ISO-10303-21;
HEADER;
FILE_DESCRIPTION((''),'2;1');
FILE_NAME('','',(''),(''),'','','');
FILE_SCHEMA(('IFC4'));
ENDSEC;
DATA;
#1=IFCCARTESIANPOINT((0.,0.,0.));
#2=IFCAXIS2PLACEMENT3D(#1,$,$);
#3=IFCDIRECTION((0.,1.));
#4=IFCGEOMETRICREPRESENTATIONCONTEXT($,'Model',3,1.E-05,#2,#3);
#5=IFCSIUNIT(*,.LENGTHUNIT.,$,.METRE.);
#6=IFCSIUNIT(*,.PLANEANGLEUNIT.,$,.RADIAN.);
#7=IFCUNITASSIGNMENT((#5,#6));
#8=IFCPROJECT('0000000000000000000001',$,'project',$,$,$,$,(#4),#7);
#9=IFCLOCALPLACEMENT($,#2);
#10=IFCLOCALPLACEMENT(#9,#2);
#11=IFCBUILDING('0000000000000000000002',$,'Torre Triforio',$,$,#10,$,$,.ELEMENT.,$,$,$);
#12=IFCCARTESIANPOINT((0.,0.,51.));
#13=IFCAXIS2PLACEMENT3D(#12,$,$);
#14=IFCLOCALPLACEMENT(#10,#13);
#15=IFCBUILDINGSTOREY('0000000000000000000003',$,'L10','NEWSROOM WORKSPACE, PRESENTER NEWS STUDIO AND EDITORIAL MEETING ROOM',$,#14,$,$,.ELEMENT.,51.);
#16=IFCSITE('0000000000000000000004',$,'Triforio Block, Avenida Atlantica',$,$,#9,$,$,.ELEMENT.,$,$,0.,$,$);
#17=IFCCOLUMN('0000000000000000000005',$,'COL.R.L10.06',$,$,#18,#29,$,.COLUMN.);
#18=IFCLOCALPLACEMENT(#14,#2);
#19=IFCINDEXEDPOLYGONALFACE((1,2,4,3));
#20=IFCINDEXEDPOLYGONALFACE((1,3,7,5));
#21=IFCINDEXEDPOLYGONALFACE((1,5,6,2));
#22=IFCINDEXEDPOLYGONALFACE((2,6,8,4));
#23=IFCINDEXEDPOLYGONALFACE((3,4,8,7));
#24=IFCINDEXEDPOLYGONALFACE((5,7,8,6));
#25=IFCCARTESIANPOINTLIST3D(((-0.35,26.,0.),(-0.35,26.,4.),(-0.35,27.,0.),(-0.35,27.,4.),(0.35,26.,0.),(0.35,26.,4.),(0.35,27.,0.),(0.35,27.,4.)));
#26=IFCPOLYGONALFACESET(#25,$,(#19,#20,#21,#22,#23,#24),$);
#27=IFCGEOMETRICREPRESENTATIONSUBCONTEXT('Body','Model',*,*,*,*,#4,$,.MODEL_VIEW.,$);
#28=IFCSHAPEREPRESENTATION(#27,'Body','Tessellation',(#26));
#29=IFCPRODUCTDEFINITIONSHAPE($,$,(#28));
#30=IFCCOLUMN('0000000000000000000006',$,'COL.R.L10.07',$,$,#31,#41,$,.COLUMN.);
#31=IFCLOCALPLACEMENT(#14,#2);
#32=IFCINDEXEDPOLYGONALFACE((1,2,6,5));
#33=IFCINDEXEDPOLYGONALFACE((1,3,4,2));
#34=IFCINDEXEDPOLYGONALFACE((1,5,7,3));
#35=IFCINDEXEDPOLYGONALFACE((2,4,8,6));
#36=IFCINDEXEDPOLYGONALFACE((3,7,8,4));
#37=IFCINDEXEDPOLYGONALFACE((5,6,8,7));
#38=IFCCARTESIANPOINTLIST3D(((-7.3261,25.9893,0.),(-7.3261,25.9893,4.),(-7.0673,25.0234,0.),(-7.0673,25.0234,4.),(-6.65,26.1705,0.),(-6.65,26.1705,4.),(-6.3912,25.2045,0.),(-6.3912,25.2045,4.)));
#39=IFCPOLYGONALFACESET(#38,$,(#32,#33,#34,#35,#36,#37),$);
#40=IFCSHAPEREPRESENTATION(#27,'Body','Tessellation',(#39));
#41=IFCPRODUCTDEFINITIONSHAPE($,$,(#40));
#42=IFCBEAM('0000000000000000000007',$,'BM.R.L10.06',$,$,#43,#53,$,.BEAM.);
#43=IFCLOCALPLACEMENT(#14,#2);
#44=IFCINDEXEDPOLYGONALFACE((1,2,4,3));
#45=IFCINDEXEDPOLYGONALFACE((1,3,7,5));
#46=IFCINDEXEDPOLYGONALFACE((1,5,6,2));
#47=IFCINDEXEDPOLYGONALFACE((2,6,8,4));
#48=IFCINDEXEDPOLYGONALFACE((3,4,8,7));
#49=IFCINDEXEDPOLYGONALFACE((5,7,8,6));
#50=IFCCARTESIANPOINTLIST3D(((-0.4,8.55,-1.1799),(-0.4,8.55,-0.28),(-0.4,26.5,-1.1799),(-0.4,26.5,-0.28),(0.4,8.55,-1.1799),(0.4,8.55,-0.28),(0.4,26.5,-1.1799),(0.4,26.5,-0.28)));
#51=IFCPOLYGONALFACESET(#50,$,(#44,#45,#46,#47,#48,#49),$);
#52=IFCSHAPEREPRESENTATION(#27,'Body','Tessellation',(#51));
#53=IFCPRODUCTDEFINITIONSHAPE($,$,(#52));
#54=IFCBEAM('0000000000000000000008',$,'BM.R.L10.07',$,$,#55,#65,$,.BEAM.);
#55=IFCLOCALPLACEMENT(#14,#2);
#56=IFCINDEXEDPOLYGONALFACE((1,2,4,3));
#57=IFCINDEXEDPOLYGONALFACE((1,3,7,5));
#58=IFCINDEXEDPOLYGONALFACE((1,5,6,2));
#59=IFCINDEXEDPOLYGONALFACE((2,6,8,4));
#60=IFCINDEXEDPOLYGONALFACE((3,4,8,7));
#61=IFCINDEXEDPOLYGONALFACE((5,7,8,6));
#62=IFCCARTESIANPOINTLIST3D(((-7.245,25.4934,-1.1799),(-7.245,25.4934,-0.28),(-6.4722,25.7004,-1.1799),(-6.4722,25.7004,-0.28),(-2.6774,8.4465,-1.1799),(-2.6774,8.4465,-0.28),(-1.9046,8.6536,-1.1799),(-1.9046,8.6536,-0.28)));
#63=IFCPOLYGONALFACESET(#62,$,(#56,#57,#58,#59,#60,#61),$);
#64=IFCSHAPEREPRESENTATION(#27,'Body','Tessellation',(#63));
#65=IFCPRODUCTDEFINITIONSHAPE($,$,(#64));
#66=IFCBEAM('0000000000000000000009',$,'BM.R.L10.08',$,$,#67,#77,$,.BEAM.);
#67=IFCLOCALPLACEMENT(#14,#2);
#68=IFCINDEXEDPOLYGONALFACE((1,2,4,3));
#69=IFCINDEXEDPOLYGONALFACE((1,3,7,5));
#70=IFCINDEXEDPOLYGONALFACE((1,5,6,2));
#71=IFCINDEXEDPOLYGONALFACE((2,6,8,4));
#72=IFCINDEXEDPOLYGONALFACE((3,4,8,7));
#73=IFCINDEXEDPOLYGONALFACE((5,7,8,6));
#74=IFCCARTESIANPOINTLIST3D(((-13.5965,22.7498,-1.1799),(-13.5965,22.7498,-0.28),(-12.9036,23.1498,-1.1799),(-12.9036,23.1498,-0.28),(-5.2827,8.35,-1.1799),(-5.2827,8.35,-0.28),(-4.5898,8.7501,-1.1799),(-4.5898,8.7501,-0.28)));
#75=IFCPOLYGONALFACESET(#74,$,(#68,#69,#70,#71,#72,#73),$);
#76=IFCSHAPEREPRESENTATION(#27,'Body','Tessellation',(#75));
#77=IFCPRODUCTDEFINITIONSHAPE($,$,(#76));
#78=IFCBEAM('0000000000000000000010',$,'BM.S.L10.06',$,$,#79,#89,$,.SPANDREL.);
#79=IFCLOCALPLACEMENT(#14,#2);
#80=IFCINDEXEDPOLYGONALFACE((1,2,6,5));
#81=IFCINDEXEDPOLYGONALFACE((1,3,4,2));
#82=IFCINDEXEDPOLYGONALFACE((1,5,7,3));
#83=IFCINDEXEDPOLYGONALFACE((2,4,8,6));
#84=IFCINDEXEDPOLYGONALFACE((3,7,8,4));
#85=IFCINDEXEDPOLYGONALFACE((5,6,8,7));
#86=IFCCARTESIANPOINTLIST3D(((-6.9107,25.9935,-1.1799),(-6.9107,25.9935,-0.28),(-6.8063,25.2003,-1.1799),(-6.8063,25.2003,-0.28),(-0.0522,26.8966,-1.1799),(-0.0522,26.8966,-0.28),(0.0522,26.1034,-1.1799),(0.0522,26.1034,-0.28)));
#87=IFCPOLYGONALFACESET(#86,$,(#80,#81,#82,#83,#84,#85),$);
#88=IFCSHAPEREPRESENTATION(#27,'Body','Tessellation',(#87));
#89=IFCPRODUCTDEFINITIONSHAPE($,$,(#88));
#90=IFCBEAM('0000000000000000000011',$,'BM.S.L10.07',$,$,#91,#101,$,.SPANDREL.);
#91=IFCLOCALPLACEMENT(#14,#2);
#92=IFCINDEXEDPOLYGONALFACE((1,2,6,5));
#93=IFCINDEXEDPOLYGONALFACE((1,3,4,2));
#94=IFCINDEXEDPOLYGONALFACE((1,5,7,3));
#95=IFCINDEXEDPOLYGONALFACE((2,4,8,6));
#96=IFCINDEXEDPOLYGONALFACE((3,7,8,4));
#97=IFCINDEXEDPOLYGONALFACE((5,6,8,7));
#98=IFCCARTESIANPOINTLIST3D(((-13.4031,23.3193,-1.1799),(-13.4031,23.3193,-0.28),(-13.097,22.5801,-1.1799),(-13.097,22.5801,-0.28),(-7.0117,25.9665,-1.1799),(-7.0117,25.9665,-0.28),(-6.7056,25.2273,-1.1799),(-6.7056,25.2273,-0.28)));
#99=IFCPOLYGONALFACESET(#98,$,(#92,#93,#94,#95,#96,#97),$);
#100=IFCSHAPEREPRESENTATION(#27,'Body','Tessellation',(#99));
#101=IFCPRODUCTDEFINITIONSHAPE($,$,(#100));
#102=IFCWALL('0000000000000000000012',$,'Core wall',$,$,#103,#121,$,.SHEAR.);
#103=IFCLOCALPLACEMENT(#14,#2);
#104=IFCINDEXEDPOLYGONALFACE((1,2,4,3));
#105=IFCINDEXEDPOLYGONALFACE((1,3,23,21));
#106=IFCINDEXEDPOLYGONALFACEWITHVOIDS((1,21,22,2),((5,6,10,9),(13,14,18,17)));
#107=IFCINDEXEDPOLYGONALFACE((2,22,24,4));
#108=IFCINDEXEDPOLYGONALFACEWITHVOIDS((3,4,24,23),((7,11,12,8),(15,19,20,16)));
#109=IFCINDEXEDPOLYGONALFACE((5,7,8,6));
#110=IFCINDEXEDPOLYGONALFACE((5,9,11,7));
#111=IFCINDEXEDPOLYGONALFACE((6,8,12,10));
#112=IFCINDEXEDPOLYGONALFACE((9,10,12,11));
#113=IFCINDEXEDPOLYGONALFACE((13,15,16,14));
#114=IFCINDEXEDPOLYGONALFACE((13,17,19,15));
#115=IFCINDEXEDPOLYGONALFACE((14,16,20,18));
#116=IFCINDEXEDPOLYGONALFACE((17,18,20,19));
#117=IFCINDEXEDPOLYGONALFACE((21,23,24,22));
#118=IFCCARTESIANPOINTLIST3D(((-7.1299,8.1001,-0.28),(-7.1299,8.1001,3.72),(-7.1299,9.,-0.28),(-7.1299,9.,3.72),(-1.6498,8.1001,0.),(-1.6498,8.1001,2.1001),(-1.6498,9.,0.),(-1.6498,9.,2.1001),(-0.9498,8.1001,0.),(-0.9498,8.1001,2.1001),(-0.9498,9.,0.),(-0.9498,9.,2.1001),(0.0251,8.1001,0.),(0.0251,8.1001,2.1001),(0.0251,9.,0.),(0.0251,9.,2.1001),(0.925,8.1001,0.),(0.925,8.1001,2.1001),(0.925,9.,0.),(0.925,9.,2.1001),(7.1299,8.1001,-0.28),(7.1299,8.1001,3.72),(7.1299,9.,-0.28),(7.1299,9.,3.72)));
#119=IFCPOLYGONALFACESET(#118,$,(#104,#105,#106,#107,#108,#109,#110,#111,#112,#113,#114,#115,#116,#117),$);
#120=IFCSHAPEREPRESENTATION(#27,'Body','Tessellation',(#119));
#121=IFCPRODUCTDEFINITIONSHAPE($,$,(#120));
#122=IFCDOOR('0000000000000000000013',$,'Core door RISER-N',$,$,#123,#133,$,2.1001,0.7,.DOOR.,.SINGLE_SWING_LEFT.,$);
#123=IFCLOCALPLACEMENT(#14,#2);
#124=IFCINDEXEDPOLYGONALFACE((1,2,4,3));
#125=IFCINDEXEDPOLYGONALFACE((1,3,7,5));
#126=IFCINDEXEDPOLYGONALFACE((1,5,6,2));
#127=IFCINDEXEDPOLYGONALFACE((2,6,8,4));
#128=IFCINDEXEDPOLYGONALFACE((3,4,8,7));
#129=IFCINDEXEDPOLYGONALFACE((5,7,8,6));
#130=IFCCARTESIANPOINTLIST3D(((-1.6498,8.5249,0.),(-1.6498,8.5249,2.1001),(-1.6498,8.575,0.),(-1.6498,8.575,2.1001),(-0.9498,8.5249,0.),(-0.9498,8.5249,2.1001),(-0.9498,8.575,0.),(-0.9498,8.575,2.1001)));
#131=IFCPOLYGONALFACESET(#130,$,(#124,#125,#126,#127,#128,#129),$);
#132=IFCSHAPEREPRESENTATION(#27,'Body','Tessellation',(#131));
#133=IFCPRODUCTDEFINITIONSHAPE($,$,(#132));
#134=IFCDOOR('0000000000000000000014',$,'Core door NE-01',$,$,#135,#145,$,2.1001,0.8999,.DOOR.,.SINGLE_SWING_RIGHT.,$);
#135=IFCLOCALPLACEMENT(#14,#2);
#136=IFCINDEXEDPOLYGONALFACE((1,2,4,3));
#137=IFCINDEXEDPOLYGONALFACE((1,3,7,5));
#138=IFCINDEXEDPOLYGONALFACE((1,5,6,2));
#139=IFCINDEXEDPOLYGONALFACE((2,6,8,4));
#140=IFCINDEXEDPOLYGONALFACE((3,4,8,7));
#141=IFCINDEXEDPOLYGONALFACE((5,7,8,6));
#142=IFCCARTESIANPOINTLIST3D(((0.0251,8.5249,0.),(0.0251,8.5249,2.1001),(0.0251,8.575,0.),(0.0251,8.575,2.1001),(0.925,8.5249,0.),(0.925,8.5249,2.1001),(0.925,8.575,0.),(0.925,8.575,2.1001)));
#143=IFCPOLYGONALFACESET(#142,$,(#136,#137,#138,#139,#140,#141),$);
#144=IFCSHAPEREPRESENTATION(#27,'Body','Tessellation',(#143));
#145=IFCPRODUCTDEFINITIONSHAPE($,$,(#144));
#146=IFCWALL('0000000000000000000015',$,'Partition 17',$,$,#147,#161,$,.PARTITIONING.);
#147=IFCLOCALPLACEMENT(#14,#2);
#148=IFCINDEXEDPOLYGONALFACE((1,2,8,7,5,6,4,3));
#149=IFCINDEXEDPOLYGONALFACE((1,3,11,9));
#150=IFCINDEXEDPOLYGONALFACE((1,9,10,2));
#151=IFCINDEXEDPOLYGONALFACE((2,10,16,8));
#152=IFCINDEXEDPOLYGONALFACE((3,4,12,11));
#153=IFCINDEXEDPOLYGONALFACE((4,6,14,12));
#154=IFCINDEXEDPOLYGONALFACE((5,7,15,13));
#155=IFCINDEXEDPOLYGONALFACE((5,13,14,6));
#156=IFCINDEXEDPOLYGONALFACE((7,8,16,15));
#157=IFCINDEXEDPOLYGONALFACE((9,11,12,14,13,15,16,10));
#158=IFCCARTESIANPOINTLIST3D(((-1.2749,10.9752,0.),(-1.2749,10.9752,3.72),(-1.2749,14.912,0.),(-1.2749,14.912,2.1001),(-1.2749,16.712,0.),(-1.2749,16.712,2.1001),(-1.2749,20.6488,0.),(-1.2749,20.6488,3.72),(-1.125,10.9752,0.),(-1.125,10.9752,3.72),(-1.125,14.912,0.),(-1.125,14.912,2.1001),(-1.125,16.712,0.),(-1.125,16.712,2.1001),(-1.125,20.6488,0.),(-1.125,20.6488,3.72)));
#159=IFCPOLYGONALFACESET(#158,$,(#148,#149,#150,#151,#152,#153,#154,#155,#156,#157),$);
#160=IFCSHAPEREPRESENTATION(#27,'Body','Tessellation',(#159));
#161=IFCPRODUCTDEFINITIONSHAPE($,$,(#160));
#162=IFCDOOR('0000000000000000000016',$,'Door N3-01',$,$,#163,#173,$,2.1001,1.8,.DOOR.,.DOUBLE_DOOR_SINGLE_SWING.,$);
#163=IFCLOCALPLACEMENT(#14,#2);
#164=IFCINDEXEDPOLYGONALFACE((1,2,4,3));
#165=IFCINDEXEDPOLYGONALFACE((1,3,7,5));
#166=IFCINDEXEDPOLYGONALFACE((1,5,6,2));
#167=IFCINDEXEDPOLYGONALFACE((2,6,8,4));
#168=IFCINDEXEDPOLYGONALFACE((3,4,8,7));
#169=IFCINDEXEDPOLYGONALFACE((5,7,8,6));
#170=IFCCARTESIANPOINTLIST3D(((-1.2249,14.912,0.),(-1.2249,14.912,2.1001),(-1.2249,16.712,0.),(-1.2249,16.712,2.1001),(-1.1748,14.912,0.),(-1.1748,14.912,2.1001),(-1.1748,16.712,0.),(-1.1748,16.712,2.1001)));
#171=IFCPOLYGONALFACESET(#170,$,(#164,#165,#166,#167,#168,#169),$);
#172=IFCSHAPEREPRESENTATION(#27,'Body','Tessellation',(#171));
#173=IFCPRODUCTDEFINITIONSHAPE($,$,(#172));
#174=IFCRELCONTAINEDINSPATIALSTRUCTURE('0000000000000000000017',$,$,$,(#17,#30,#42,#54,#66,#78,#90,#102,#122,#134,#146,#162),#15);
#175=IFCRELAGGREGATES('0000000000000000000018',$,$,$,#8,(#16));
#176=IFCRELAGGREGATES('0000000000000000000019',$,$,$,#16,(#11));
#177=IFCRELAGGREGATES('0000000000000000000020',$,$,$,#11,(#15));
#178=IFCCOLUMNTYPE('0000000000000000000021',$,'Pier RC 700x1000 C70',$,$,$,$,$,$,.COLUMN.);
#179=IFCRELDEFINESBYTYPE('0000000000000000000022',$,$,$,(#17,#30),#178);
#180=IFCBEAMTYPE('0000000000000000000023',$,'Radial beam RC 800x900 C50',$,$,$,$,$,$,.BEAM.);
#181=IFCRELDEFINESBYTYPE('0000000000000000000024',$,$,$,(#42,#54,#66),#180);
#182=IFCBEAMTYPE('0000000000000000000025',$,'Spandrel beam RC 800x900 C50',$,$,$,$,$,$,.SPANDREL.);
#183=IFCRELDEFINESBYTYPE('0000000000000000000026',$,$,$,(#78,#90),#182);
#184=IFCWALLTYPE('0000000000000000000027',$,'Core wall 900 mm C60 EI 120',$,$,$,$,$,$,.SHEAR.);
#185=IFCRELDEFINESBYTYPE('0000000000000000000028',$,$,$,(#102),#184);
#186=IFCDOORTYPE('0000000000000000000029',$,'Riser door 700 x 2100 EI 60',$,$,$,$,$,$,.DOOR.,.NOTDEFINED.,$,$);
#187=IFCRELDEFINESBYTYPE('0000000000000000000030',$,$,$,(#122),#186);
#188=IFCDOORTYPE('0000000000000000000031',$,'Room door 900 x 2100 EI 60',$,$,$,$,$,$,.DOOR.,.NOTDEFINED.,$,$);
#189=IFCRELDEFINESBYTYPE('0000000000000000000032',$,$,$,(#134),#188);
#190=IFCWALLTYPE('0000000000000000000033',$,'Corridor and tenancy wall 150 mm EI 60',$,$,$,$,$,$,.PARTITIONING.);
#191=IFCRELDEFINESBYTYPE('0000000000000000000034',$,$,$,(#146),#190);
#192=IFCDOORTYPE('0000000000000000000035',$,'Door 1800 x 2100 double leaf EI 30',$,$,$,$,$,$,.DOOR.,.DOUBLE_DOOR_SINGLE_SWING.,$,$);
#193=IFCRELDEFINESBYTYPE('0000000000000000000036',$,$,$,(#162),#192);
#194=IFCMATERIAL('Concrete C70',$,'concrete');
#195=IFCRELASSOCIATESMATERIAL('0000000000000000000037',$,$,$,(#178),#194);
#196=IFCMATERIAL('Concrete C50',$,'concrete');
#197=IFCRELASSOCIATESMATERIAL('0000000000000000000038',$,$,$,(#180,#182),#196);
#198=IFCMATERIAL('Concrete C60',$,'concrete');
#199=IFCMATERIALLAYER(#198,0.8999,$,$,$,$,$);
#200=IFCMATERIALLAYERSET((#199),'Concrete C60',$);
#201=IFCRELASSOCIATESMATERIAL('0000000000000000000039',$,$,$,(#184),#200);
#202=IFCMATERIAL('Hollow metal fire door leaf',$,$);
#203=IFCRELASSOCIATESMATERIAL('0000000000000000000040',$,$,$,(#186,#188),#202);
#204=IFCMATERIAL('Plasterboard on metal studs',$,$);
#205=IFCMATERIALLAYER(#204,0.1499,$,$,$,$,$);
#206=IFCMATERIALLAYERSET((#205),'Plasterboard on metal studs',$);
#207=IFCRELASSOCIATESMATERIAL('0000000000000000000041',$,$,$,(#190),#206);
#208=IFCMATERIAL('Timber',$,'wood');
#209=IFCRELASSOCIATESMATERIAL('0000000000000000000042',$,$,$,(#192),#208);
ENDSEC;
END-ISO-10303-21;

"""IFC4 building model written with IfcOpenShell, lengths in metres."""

from ifc_helpers import new_model, si_unit, direction, frame, frame_2d, origin, origin_2d, place, context, subcontext, project, spatial, rectangle, extrude, material, layer, layer_set, material_profile, profile_set, type_object, element, fill, save


model = new_model("IFC4")

# Units and contexts
model_context = context("Model", 3, precision=1e-05, world=origin(), true_north=direction((0.0, 1.0)))
body_context = subcontext(model_context, "Body", "Model", "MODEL_VIEW")
ifc_project = project(units=[si_unit("LENGTHUNIT", "METRE"), si_unit("PLANEANGLEUNIT", "RADIAN")], contexts=[model_context])

# Site, building, storey
site_placement = place(None, origin())
site = spatial("IfcSite", under=ifc_project, at=site_placement, Name="Triforio Block, Avenida Atlantica", CompositionType="ELEMENT", RefElevation=0.0)
building_placement = place(site_placement, origin())
building = spatial("IfcBuilding", under=site, at=building_placement, Name="Torre Triforio", CompositionType="ELEMENT")
storey_placement = place(building_placement, frame((0.0, 0.0, 51.0)))
storey = spatial("IfcBuildingStorey", under=building, at=storey_placement, Name="L10", Description="NEWSROOM WORKSPACE, PRESENTER NEWS STUDIO AND EDITORIAL MEETING ROOM", CompositionType="ELEMENT", Elevation=51.0)

# Columns
ifc_material_1 = material(Name="Concrete C70", Category="concrete")
ifc_material_profile_1 = material_profile(ifc_material_1, rectangle(XDim=0.7, YDim=1.0, at=origin_2d()), Name="RC 700x1000")
ifc_profile_set_1 = profile_set([ifc_material_profile_1], Name="Concrete C70")
column_type = type_object("IfcColumnType", Name="Pier RC 700x1000 C70", PredefinedType="COLUMN", material=ifc_profile_set_1)
for number, where, z_axis, x_axis, name in (
    (1, (0.0, 26.5, 0.0), (0.0, 0.0, 1.0), (-1.0, 0.0, 0.0), "COL.R.L10.06"),
    (2, (-6.8586, 25.5969, 0.0), (0.0, 0.0, 1.0), (-0.965926, -0.258819, 0.0), "COL.R.L10.07"),
):
    element("IfcColumn", number, at=place(storey_placement, frame(where, z_axis=z_axis, x_axis=x_axis)), inside=storey, type_object=column_type, Name=name, PredefinedType="COLUMN", context=body_context, shape_type="SweptSolid", body=[
        extrude(rectangle(XDim=0.7, YDim=1.0, at=origin_2d()), origin(), (0.0, 0.0, 1.0), 4.0),
    ])

# Beams
ifc_material_2 = material(Name="Concrete C50", Category="concrete")
ifc_material_profile_2 = material_profile(ifc_material_2, rectangle(XDim=0.8, YDim=0.8999, at=origin_2d()), Name="RC 800x900")
ifc_profile_set_2 = profile_set([ifc_material_profile_2], Name="Concrete C50")
beam_type_1 = type_object("IfcBeamType", Name="Radial beam RC 800x900 C50", PredefinedType="BEAM", material=ifc_profile_set_2)
beam_1_placement = place(storey_placement, frame((0.0, 8.55, -0.73), z_axis=(0.0, 1.0, 0.0), x_axis=(-1.0, 0.0, 0.0)))
element("IfcBeam", 3, at=beam_1_placement, inside=storey, type_object=beam_type_1, Name="BM.R.L10.06", PredefinedType="BEAM", context=body_context, shape_type="SweptSolid", body=[
    extrude(rectangle(XDim=0.8, YDim=0.8999, at=origin_2d()), origin(), (0.0, 0.0, 1.0), 17.95),
])
beam_2_placement = place(storey_placement, frame((-2.291, 8.55, -0.73), z_axis=(-0.258815, 0.965927, 0.0), x_axis=(-0.965927, -0.258815, 0.0)))
element("IfcBeam", 4, at=beam_2_placement, inside=storey, type_object=beam_type_1, Name="BM.R.L10.07", PredefinedType="BEAM", context=body_context, shape_type="SweptSolid", body=[
    extrude(rectangle(XDim=0.8, YDim=0.8999, at=origin_2d()), origin(), (0.0, 0.0, 1.0), 17.6482),
])
beam_3_placement = place(storey_placement, frame((-4.9363, 8.55, -0.73), z_axis=(-0.500003, 0.866023, 0.0), x_axis=(-0.866023, -0.500003, 0.0)))
element("IfcBeam", 5, at=beam_3_placement, inside=storey, type_object=beam_type_1, Name="BM.R.L10.08", PredefinedType="BEAM", context=body_context, shape_type="SweptSolid", body=[
    extrude(rectangle(XDim=0.8, YDim=0.8999, at=origin_2d()), origin(), (0.0, 0.0, 1.0), 16.6274),
])
ifc_material_profile_3 = material_profile(ifc_material_2, rectangle(XDim=0.8, YDim=0.8999, at=origin_2d()), Name="RC 800x900")
ifc_profile_set_3 = profile_set([ifc_material_profile_3], Name="Concrete C50")
beam_type_2 = type_object("IfcBeamType", Name="Spandrel beam RC 800x900 C50", PredefinedType="SPANDREL", material=ifc_profile_set_3)
beam_4_placement = place(storey_placement, frame((0.0, 26.5, -0.73), z_axis=(-0.991443, -0.130543, 0.0), x_axis=(0.130543, -0.991443, 0.0)))
element("IfcBeam", 6, at=beam_4_placement, inside=storey, type_object=beam_type_2, Name="BM.S.L10.06", PredefinedType="SPANDREL", context=body_context, shape_type="SweptSolid", body=[
    extrude(rectangle(XDim=0.8, YDim=0.8999, at=origin_2d()), origin(), (0.0, 0.0, 1.0), 6.9177),
])
beam_5_placement = place(storey_placement, frame((-6.8586, 25.5969, -0.73), z_axis=(-0.923888, -0.382662, 0.0), x_axis=(0.382662, -0.923888, 0.0)))
element("IfcBeam", 7, at=beam_5_placement, inside=storey, type_object=beam_type_2, Name="BM.S.L10.07", PredefinedType="SPANDREL", context=body_context, shape_type="SweptSolid", body=[
    extrude(rectangle(XDim=0.8, YDim=0.8999, at=origin_2d()), origin(), (0.0, 0.0, 1.0), 6.918),
])

# Wall, openings, doors
ifc_material_3 = material(Name="Concrete C60", Category="concrete")
ifc_layer_1 = layer(ifc_material_3, 0.8999)
ifc_layer_set_1 = layer_set([ifc_layer_1], Name="Concrete C60")
wall_type_1 = type_object("IfcWallType", Name="Core wall 900 mm C60 EI 120", PredefinedType="SHEAR", material=ifc_layer_set_1)
wall_1_placement = place(storey_placement, frame((-7.1299, 8.55, -0.28), z_axis=(0.0, 0.0, 1.0), x_axis=(1.0, 0.0, 0.0)))
wall_1 = element("IfcWall", 8, at=wall_1_placement, inside=storey, type_object=wall_type_1, Name="Core wall", PredefinedType="SHEAR", context=body_context, shape_type="SweptSolid", body=[
    extrude(rectangle(XDim=14.2598, YDim=0.8999, at=frame_2d((7.1299, 0.0))), origin(), (0.0, 0.0, 1.0), 4.0),
])
opening_1_placement = place(wall_1_placement, frame((5.48, 0.0, 0.28)))
opening_1 = element("IfcOpeningElement", 9, at=opening_1_placement, cuts=wall_1, PredefinedType="OPENING", context=body_context, shape_type="SweptSolid", body=[
    extrude(rectangle(XDim=0.7, YDim=2.1001, at=frame_2d((0.3501, 1.05))), frame((0.0, 0.46, 0.0), z_axis=(0.0, -1.0, 0.0), x_axis=(1.0, 0.0, 0.0)), (0.0, 0.0, 1.0), 0.9199),
])
opening_2_placement = place(wall_1_placement, frame((7.155, 0.0, 0.28)))
opening_2 = element("IfcOpeningElement", 10, at=opening_2_placement, cuts=wall_1, PredefinedType="OPENING", context=body_context, shape_type="SweptSolid", body=[
    extrude(rectangle(XDim=0.8999, YDim=2.1001, at=frame_2d((0.45, 1.05))), frame((0.0, 0.46, 0.0), z_axis=(0.0, -1.0, 0.0), x_axis=(1.0, 0.0, 0.0)), (0.0, 0.0, 1.0), 0.9199),
])
ifc_material_4 = material(Name="Hollow metal fire door leaf")
door_type_1 = type_object("IfcDoorType", Name="Riser door 700 x 2100 EI 60", OperationType="NOTDEFINED", PredefinedType="DOOR", material=ifc_material_4)
door_1_placement = place(opening_1_placement, origin())
door_1 = element("IfcDoor", 11, at=door_1_placement, inside=storey, type_object=door_type_1, Name="Core door RISER-N", OperationType="SINGLE_SWING_LEFT", OverallHeight=2.1001, OverallWidth=0.7, PredefinedType="DOOR", context=body_context, shape_type="SweptSolid", body=[
    extrude(rectangle(XDim=0.7, YDim=2.1001, at=frame_2d((0.3501, 1.05))), frame((0.0, 0.0249, 0.0), z_axis=(0.0, -1.0, 0.0), x_axis=(1.0, 0.0, 0.0)), (0.0, 0.0, 1.0), 0.05),
])
fill(opening_1, door_1)
door_type_2 = type_object("IfcDoorType", Name="Room door 900 x 2100 EI 60", OperationType="NOTDEFINED", PredefinedType="DOOR", material=ifc_material_4)
door_2_placement = place(opening_2_placement, origin())
door_2 = element("IfcDoor", 12, at=door_2_placement, inside=storey, type_object=door_type_2, Name="Core door NE-01", OperationType="SINGLE_SWING_RIGHT", OverallHeight=2.1001, OverallWidth=0.8999, PredefinedType="DOOR", context=body_context, shape_type="SweptSolid", body=[
    extrude(rectangle(XDim=0.8999, YDim=2.1001, at=frame_2d((0.45, 1.05))), frame((0.0, 0.0249, 0.0), z_axis=(0.0, -1.0, 0.0), x_axis=(1.0, 0.0, 0.0)), (0.0, 0.0, 1.0), 0.05),
])
fill(opening_2, door_2)

# Wall, opening, door
ifc_material_5 = material(Name="Plasterboard on metal studs")
ifc_layer_2 = layer(ifc_material_5, 0.1499)
ifc_layer_set_2 = layer_set([ifc_layer_2], Name="Plasterboard on metal studs")
wall_type_2 = type_object("IfcWallType", Name="Corridor and tenancy wall 150 mm EI 60", PredefinedType="PARTITIONING", material=ifc_layer_set_2)
wall_2_placement = place(storey_placement, frame((-1.2, 10.9751, 0.0), z_axis=(0.0, 0.0, 1.0), x_axis=(0.0, 1.0, 0.0)))
wall_2 = element("IfcWall", 13, at=wall_2_placement, inside=storey, type_object=wall_type_2, Name="Partition 17", PredefinedType="PARTITIONING", context=body_context, shape_type="SweptSolid", body=[
    extrude(rectangle(XDim=9.6736, YDim=0.1499, at=frame_2d((4.8369, 0.0))), origin(), (0.0, 0.0, 1.0), 3.72),
])
opening_3_placement = place(wall_2_placement, frame((3.937, 0.0, 0.0)))
opening_3 = element("IfcOpeningElement", 14, at=opening_3_placement, cuts=wall_2, PredefinedType="OPENING", context=body_context, shape_type="SweptSolid", body=[
    extrude(rectangle(XDim=1.8, YDim=2.1001, at=frame_2d((0.8999, 1.05))), frame((0.0, 0.085, 0.0), z_axis=(0.0, -1.0, 0.0), x_axis=(1.0, 0.0, 0.0)), (0.0, 0.0, 1.0), 0.1699),
])
ifc_material_6 = material(Name="Timber", Category="wood")
door_type_3 = type_object("IfcDoorType", Name="Door 1800 x 2100 double leaf EI 30", OperationType="DOUBLE_DOOR_SINGLE_SWING", PredefinedType="DOOR", material=ifc_material_6)
door_3_placement = place(opening_3_placement, origin())
door_3 = element("IfcDoor", 15, at=door_3_placement, inside=storey, type_object=door_type_3, Name="Door N3-01", OperationType="DOUBLE_DOOR_SINGLE_SWING", OverallHeight=2.1001, OverallWidth=1.8, PredefinedType="DOOR", context=body_context, shape_type="SweptSolid", body=[
    extrude(rectangle(XDim=1.8, YDim=2.1001, at=frame_2d((0.8999, 1.05))), frame((0.0, 0.0249, 0.0), z_axis=(0.0, -1.0, 0.0), x_axis=(1.0, 0.0, 0.0)), (0.0, 0.0, 1.0), 0.05),
])
fill(opening_3, door_3)

save(model, "model.ifc")
